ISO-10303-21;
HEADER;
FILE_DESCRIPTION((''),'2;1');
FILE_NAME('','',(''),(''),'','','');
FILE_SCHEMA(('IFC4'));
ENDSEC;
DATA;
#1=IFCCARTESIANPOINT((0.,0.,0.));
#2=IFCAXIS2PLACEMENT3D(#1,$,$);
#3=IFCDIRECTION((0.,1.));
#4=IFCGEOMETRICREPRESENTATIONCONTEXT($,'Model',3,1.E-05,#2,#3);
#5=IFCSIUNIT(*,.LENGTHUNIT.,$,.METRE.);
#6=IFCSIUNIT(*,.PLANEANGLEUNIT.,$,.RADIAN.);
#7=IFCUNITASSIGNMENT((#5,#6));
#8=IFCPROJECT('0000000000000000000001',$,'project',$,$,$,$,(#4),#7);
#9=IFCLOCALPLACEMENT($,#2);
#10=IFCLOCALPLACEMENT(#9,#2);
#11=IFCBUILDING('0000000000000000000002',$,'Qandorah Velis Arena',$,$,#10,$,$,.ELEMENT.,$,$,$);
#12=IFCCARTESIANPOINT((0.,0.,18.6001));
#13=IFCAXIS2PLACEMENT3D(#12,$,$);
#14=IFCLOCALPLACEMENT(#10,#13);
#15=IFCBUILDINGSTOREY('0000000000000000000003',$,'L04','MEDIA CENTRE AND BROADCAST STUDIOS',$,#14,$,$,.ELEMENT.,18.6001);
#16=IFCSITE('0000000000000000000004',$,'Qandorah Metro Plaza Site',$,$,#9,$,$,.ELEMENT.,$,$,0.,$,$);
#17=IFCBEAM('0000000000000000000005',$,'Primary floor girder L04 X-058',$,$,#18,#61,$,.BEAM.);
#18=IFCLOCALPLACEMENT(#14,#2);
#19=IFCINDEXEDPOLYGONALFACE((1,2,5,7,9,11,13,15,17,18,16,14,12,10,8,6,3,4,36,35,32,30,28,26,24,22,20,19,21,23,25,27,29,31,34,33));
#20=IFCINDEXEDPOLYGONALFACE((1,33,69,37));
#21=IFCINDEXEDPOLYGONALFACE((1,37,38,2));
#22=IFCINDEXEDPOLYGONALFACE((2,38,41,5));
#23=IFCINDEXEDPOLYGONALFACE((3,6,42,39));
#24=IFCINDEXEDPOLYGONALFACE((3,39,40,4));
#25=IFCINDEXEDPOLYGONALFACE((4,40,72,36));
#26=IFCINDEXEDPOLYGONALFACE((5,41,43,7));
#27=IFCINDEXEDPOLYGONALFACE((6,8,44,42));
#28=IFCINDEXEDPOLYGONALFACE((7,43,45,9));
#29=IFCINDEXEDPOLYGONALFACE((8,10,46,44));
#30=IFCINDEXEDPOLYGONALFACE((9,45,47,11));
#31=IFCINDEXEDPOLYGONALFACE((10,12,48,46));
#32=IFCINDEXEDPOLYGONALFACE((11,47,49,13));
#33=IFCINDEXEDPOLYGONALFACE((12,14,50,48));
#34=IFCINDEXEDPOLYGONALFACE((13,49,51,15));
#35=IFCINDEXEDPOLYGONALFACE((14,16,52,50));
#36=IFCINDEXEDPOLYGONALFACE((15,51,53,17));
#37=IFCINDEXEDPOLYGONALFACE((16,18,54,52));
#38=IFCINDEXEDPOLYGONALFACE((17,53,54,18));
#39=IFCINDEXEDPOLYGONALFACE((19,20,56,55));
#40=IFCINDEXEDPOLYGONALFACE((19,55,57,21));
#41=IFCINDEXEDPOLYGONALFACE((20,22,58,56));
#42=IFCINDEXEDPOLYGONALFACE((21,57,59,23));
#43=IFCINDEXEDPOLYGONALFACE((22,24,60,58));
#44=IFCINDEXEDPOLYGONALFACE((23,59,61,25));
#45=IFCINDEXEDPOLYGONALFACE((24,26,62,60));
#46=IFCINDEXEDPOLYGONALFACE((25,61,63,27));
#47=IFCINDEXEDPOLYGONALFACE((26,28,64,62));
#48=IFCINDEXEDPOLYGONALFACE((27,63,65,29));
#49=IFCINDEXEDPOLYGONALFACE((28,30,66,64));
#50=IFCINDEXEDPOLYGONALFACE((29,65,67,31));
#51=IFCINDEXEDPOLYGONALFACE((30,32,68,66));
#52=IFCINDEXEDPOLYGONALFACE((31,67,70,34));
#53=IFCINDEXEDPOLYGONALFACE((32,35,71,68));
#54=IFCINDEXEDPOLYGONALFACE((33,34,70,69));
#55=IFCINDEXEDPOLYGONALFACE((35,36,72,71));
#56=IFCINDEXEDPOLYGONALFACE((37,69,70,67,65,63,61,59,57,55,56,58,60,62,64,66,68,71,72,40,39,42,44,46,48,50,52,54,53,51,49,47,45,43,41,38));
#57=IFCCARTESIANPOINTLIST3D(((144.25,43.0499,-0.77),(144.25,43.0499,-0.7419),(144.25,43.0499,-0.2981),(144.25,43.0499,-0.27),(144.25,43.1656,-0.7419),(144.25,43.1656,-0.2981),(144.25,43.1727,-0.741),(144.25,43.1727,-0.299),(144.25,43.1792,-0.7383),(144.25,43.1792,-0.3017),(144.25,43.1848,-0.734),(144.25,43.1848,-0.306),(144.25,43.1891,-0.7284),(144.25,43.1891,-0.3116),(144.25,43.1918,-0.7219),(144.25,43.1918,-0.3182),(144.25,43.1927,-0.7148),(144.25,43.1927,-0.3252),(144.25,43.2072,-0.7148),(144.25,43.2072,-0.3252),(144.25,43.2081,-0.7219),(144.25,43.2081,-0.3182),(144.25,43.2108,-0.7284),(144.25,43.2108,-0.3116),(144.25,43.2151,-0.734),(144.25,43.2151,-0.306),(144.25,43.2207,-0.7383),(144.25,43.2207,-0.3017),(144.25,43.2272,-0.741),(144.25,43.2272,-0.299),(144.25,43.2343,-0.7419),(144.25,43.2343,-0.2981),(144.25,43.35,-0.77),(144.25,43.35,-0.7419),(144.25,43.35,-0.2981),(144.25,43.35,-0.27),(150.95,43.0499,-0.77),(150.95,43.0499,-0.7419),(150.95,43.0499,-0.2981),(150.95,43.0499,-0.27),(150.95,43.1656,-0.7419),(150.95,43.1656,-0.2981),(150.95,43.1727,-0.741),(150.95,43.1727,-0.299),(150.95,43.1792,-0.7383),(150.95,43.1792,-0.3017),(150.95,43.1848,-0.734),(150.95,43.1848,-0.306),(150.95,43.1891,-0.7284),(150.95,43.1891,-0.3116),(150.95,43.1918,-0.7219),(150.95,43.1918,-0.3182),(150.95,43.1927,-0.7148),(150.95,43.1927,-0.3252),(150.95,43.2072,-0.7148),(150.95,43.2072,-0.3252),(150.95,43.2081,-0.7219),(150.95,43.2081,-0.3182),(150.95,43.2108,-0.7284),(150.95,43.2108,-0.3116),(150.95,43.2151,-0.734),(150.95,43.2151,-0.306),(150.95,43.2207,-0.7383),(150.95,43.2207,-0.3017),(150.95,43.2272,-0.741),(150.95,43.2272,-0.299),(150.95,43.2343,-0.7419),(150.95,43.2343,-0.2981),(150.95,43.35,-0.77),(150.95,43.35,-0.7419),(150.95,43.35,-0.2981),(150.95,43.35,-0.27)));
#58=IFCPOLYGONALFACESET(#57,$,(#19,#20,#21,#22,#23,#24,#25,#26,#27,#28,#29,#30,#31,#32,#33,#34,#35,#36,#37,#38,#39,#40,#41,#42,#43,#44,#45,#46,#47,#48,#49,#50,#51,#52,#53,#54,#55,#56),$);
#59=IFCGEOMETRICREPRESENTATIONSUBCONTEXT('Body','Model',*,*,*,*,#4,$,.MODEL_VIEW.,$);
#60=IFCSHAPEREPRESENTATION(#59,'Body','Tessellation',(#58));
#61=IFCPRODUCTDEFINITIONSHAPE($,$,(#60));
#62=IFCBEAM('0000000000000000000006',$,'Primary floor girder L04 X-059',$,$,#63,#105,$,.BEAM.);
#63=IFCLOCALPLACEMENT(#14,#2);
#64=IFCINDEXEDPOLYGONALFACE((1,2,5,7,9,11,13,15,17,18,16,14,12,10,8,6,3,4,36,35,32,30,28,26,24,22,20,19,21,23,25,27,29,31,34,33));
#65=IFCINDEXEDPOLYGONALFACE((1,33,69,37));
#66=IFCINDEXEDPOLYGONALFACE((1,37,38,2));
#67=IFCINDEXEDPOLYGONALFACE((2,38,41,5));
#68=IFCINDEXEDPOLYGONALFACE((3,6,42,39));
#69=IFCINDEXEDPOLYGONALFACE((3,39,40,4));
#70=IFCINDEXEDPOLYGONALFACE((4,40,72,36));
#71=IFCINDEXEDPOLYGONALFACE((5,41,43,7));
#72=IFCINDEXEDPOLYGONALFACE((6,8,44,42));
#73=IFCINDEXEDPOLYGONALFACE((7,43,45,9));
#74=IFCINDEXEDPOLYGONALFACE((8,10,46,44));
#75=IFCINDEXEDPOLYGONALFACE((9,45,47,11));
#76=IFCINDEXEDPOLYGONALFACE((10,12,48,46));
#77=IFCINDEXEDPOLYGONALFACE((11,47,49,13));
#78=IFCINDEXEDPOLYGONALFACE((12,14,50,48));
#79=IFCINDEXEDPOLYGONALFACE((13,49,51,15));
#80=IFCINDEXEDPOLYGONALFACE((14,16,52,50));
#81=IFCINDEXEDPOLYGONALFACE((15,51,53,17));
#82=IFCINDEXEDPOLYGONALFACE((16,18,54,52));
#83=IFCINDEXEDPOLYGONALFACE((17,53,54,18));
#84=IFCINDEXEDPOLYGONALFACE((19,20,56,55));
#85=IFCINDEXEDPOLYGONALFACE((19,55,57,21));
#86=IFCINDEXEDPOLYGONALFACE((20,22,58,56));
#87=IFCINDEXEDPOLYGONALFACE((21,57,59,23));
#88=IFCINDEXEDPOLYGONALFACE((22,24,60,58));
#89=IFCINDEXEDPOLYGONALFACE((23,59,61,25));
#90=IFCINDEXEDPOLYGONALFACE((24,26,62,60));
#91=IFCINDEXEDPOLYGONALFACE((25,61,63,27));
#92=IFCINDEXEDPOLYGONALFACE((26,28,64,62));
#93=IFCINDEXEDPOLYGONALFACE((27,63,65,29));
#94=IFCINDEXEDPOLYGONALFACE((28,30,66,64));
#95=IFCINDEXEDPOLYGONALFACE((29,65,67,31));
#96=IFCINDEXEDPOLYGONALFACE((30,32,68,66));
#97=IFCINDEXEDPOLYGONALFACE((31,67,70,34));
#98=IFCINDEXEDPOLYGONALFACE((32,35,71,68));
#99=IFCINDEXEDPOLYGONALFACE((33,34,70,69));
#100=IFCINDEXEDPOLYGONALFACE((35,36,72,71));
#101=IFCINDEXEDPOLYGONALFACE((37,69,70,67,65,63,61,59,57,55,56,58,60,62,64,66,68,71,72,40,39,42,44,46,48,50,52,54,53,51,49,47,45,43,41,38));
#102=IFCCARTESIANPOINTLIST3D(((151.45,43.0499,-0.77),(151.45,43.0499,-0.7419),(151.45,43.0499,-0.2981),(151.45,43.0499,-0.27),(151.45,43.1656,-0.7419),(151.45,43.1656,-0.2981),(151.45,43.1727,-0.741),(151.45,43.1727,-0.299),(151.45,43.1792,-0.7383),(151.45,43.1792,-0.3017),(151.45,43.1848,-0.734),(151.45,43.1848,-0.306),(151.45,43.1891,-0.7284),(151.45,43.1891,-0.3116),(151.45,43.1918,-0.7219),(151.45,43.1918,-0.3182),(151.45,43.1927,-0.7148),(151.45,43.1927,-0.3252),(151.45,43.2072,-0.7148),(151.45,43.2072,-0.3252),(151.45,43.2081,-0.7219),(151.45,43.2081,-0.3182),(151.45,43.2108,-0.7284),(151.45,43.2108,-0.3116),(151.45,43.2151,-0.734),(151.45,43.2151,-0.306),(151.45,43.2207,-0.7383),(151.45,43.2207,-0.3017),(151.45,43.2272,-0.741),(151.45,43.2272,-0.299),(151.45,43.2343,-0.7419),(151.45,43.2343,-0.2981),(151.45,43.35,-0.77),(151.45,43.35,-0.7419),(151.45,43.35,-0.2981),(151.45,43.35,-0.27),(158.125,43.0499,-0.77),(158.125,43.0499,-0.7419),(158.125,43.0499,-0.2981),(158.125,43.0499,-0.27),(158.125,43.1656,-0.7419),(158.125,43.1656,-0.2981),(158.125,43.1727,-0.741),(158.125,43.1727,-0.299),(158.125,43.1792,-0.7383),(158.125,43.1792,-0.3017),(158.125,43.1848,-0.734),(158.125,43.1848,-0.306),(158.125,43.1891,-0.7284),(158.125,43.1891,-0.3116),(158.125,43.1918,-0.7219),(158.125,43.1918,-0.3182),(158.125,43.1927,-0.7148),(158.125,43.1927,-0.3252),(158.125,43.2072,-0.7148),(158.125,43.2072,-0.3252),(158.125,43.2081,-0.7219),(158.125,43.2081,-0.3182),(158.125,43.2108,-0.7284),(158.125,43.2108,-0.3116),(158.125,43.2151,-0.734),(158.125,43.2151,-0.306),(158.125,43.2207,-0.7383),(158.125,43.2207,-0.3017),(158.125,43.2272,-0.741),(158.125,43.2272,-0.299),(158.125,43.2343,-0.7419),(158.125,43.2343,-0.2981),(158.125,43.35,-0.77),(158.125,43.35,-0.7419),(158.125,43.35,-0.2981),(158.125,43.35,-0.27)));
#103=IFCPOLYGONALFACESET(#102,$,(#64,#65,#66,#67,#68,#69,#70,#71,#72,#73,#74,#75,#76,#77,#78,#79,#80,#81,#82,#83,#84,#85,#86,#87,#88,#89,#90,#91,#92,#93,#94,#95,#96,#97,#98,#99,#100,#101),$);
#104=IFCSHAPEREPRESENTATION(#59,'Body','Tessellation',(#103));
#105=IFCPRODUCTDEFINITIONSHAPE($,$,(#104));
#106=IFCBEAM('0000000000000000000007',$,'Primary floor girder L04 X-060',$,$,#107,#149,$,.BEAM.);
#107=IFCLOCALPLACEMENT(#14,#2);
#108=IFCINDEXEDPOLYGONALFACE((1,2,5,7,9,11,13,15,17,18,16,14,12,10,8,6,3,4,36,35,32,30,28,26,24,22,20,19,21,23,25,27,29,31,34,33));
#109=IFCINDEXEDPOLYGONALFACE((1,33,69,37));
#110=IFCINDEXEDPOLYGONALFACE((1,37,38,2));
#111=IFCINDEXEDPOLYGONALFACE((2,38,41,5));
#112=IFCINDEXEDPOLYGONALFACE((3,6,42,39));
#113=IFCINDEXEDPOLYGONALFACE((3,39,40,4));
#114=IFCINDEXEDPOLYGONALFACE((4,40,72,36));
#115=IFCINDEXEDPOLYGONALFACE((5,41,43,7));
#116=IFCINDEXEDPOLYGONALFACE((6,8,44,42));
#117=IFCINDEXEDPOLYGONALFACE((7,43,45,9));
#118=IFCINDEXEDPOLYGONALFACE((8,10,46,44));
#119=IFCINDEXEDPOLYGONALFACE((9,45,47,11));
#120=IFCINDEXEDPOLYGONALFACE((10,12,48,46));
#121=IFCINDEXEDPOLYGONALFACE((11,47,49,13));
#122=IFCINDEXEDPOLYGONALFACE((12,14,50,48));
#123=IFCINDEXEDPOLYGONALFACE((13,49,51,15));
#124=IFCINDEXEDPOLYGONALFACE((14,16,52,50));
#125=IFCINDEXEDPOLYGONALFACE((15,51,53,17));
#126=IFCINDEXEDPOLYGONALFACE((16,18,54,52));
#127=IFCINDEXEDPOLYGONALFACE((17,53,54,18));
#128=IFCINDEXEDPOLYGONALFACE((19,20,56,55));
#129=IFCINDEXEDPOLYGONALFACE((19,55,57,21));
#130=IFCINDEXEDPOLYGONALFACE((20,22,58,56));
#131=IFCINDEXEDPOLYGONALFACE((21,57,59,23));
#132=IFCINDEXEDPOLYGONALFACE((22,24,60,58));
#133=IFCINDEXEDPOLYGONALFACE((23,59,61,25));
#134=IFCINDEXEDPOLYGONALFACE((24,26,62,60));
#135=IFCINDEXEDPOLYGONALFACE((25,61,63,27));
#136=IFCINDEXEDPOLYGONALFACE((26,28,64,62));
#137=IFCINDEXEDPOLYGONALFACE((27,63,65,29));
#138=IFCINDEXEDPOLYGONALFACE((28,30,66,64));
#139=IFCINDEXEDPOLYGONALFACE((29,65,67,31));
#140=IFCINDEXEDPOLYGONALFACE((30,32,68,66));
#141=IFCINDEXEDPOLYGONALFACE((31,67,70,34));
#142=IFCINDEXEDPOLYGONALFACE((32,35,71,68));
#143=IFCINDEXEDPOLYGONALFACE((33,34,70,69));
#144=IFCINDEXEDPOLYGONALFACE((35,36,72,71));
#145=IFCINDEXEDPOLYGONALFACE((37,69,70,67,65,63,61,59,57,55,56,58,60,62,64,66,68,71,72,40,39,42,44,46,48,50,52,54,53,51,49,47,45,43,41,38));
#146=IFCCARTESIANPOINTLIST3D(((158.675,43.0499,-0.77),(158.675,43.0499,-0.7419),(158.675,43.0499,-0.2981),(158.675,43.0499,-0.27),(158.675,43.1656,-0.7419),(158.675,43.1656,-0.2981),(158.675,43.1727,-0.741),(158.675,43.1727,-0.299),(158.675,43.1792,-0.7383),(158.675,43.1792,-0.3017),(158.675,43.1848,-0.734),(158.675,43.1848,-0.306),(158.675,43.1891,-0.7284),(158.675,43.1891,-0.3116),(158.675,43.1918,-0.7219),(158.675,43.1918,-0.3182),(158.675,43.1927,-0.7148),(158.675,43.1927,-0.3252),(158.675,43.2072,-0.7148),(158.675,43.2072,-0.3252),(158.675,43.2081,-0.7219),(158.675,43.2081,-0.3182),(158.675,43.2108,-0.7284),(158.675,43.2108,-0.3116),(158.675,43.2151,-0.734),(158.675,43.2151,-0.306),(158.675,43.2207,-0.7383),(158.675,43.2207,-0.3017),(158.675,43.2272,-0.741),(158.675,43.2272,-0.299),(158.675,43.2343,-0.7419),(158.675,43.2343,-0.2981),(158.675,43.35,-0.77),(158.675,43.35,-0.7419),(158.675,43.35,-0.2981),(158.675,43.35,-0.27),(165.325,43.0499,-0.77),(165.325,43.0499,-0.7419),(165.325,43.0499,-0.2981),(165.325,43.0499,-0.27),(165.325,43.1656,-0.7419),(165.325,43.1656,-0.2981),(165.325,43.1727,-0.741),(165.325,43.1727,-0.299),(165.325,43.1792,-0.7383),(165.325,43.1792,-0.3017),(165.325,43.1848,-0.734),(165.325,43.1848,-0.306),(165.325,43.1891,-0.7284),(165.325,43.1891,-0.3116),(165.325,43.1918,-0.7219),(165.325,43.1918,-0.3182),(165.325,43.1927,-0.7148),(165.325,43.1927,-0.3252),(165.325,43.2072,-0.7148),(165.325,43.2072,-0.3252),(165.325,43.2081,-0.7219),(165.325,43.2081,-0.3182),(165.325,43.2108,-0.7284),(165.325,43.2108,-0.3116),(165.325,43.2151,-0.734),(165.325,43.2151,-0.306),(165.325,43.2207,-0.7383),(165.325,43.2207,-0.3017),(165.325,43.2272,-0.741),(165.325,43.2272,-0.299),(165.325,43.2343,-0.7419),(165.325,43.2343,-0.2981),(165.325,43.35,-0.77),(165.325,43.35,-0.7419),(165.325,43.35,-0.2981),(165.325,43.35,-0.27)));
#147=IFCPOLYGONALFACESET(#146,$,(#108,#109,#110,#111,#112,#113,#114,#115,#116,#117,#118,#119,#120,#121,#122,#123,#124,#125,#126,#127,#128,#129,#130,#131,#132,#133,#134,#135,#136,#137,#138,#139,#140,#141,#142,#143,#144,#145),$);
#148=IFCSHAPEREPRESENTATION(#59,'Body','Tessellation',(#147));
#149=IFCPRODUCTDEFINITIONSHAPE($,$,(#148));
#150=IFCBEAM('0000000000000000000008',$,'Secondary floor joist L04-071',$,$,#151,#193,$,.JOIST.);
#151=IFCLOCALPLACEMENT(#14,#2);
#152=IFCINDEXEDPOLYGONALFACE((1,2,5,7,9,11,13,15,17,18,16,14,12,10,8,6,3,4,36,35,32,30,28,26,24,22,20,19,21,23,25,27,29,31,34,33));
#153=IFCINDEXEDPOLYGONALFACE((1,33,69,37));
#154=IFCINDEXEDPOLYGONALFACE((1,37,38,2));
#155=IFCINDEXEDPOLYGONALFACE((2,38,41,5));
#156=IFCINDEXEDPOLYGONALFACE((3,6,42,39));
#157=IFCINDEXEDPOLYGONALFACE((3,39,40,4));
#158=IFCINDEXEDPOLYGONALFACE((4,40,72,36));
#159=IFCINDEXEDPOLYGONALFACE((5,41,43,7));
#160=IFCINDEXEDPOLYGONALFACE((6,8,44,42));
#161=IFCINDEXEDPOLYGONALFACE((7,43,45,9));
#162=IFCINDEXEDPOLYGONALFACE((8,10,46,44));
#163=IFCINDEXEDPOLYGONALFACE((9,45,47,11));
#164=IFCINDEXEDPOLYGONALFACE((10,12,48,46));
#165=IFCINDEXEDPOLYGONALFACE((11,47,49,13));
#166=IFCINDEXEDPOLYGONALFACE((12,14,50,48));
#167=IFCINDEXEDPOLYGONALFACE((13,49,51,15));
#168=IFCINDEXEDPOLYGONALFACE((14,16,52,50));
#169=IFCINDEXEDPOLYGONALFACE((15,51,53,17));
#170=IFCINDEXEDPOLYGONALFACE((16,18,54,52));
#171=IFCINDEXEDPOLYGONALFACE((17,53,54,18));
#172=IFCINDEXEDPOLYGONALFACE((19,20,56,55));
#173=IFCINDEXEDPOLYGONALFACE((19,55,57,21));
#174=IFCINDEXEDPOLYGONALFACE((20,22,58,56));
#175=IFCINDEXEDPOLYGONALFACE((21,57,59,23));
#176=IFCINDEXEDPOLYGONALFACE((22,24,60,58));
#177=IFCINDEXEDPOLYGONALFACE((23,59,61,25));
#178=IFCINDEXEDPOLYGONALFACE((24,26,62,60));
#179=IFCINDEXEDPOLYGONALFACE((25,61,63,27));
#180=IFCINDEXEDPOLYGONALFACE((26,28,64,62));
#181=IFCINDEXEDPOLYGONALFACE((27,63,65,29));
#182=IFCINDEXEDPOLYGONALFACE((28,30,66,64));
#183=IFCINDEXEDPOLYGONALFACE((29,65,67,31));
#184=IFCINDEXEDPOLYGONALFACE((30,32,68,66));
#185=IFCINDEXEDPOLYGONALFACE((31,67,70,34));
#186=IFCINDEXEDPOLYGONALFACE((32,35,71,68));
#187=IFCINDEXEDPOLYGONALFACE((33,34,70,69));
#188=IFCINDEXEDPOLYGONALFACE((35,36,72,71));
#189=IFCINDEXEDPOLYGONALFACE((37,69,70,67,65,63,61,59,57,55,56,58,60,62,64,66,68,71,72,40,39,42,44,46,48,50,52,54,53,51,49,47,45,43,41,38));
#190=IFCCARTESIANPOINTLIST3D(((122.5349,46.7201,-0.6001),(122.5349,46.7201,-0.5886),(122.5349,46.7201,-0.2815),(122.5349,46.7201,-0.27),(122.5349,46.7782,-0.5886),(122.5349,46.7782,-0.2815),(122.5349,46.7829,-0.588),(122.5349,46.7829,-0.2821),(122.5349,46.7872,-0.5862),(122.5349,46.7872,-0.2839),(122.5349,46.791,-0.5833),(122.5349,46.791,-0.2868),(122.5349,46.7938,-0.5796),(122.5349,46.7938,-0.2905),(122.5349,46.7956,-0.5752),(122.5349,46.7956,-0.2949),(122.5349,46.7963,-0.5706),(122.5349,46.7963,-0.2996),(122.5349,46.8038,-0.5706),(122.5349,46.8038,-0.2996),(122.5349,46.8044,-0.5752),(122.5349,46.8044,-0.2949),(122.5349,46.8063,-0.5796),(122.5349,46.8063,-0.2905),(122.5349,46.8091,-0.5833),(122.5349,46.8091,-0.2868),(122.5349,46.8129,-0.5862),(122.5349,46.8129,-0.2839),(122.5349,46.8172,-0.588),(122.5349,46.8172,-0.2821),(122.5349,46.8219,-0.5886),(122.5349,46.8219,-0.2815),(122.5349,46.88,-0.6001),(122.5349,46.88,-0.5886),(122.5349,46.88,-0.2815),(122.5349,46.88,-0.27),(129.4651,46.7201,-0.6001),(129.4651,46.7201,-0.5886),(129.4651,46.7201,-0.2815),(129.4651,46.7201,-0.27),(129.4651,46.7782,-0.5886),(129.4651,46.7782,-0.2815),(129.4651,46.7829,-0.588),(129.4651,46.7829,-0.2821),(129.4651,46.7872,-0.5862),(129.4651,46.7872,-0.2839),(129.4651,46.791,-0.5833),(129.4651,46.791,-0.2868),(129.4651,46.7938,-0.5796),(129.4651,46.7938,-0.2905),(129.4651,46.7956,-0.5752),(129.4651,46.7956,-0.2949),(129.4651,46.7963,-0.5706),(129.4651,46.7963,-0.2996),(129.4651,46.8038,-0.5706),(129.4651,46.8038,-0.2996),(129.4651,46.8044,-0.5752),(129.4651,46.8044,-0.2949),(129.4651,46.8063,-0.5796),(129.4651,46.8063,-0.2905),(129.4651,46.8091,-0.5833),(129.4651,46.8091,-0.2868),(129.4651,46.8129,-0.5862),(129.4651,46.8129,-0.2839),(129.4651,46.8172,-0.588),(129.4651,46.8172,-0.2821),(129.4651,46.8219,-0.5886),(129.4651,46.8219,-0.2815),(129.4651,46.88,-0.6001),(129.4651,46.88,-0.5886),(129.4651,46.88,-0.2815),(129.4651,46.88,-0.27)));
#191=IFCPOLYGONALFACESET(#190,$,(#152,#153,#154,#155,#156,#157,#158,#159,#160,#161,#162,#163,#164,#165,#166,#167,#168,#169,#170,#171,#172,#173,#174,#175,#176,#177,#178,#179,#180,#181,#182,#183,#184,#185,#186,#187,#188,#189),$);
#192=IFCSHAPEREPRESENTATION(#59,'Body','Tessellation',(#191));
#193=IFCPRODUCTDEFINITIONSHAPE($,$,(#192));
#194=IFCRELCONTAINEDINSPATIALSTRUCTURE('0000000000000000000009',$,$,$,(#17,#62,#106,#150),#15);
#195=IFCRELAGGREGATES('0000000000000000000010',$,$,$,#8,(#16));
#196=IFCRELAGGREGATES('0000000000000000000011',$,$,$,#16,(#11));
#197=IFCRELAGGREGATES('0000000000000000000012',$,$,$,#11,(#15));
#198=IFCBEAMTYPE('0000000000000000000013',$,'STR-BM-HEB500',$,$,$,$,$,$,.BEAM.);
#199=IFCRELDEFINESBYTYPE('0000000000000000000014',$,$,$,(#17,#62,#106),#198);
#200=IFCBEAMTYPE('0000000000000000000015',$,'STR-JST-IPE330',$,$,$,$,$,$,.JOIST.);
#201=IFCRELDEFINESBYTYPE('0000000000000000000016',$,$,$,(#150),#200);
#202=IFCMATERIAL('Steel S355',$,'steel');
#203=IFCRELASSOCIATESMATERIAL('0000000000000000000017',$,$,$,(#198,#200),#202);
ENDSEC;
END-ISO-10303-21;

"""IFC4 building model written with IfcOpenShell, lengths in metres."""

from ifc_helpers import new_model, si_unit, direction, frame, origin, origin_2d, place, context, subcontext, project, spatial, i_section, extrude, material, material_profile, profile_set, type_object, element, save


model = new_model("IFC4")

# Units and contexts
model_context = context("Model", 3, precision=1e-05, world=origin(), true_north=direction((0.0, 1.0)))
body_context = subcontext(model_context, "Body", "Model", "MODEL_VIEW")
ifc_project = project(units=[si_unit("LENGTHUNIT", "METRE"), si_unit("PLANEANGLEUNIT", "RADIAN")], contexts=[model_context])

# Site, building, storey
site_placement = place(None, origin())
site = spatial("IfcSite", under=ifc_project, at=site_placement, Name="Qandorah Metro Plaza Site", CompositionType="ELEMENT", RefElevation=0.0)
building_placement = place(site_placement, origin())
building = spatial("IfcBuilding", under=site, at=building_placement, Name="Qandorah Velis Arena", CompositionType="ELEMENT")
storey_placement = place(building_placement, frame((0.0, 0.0, 18.6001)))
storey = spatial("IfcBuildingStorey", under=building, at=storey_placement, Name="L04", Description="MEDIA CENTRE AND BROADCAST STUDIOS", CompositionType="ELEMENT", Elevation=18.6001)

# Beams
ifc_material_1 = material(Name="Steel S355", Category="steel")
ifc_material_profile_1 = material_profile(ifc_material_1, i_section(OverallWidth=0.3, OverallDepth=0.5, WebThickness=0.0144, FlangeThickness=0.0281, FilletRadius=0.0271, at=origin_2d()), Name="HEB 500")
ifc_profile_set_1 = profile_set([ifc_material_profile_1], Name="Steel S355")
beam_type_1 = type_object("IfcBeamType", Name="STR-BM-HEB500", PredefinedType="BEAM", material=ifc_profile_set_1)
for number, where, z_axis, x_axis, name in (
    (1, (144.25, 43.2, -0.52), (1.0, 0.0, 0.0), (0.0, 1.0, 0.0), "Primary floor girder L04 X-058"),
):
    element("IfcBeam", number, at=place(storey_placement, frame(where, z_axis=z_axis, x_axis=x_axis)), inside=storey, type_object=beam_type_1, Name=name, PredefinedType="BEAM", context=body_context, shape_type="SweptSolid", body=[
        extrude(i_section(OverallWidth=0.3, OverallDepth=0.5, WebThickness=0.0144, FlangeThickness=0.0281, FilletRadius=0.0271, at=origin_2d()), origin(), (0.0, 0.0, 1.0), 6.7),
    ])
beam_1_placement = place(storey_placement, frame((151.45, 43.2, -0.52), z_axis=(1.0, 0.0, 0.0), x_axis=(0.0, 1.0, 0.0)))
element("IfcBeam", 2, at=beam_1_placement, inside=storey, type_object=beam_type_1, Name="Primary floor girder L04 X-059", PredefinedType="BEAM", context=body_context, shape_type="SweptSolid", body=[
    extrude(i_section(OverallWidth=0.3, OverallDepth=0.5, WebThickness=0.0144, FlangeThickness=0.0281, FilletRadius=0.0271, at=origin_2d()), origin(), (0.0, 0.0, 1.0), 6.675),
])
beam_2_placement = place(storey_placement, frame((158.675, 43.2, -0.52), z_axis=(1.0, 0.0, 0.0), x_axis=(0.0, 1.0, 0.0)))
element("IfcBeam", 3, at=beam_2_placement, inside=storey, type_object=beam_type_1, Name="Primary floor girder L04 X-060", PredefinedType="BEAM", context=body_context, shape_type="SweptSolid", body=[
    extrude(i_section(OverallWidth=0.3, OverallDepth=0.5, WebThickness=0.0144, FlangeThickness=0.0281, FilletRadius=0.0271, at=origin_2d()), origin(), (0.0, 0.0, 1.0), 6.6499),
])
ifc_material_profile_2 = material_profile(ifc_material_1, i_section(OverallWidth=0.1599, OverallDepth=0.3301, WebThickness=0.0076, FlangeThickness=0.0115, FilletRadius=0.0181, at=origin_2d()), Name="IPE 330")
ifc_profile_set_2 = profile_set([ifc_material_profile_2], Name="Steel S355")
beam_type_2 = type_object("IfcBeamType", Name="STR-JST-IPE330", PredefinedType="JOIST", material=ifc_profile_set_2)
beam_3_placement = place(storey_placement, frame((122.5349, 46.8, -0.4351), z_axis=(1.0, 0.0, 0.0), x_axis=(0.0, 1.0, 0.0)))
element("IfcBeam", 4, at=beam_3_placement, inside=storey, type_object=beam_type_2, Name="Secondary floor joist L04-071", PredefinedType="JOIST", context=body_context, shape_type="SweptSolid", body=[
    extrude(i_section(OverallWidth=0.1599, OverallDepth=0.3301, WebThickness=0.0076, FlangeThickness=0.0115, FilletRadius=0.0181, at=origin_2d()), origin(), (0.0, 0.0, 1.0), 6.9302),
])

save(model, "model.ifc")
